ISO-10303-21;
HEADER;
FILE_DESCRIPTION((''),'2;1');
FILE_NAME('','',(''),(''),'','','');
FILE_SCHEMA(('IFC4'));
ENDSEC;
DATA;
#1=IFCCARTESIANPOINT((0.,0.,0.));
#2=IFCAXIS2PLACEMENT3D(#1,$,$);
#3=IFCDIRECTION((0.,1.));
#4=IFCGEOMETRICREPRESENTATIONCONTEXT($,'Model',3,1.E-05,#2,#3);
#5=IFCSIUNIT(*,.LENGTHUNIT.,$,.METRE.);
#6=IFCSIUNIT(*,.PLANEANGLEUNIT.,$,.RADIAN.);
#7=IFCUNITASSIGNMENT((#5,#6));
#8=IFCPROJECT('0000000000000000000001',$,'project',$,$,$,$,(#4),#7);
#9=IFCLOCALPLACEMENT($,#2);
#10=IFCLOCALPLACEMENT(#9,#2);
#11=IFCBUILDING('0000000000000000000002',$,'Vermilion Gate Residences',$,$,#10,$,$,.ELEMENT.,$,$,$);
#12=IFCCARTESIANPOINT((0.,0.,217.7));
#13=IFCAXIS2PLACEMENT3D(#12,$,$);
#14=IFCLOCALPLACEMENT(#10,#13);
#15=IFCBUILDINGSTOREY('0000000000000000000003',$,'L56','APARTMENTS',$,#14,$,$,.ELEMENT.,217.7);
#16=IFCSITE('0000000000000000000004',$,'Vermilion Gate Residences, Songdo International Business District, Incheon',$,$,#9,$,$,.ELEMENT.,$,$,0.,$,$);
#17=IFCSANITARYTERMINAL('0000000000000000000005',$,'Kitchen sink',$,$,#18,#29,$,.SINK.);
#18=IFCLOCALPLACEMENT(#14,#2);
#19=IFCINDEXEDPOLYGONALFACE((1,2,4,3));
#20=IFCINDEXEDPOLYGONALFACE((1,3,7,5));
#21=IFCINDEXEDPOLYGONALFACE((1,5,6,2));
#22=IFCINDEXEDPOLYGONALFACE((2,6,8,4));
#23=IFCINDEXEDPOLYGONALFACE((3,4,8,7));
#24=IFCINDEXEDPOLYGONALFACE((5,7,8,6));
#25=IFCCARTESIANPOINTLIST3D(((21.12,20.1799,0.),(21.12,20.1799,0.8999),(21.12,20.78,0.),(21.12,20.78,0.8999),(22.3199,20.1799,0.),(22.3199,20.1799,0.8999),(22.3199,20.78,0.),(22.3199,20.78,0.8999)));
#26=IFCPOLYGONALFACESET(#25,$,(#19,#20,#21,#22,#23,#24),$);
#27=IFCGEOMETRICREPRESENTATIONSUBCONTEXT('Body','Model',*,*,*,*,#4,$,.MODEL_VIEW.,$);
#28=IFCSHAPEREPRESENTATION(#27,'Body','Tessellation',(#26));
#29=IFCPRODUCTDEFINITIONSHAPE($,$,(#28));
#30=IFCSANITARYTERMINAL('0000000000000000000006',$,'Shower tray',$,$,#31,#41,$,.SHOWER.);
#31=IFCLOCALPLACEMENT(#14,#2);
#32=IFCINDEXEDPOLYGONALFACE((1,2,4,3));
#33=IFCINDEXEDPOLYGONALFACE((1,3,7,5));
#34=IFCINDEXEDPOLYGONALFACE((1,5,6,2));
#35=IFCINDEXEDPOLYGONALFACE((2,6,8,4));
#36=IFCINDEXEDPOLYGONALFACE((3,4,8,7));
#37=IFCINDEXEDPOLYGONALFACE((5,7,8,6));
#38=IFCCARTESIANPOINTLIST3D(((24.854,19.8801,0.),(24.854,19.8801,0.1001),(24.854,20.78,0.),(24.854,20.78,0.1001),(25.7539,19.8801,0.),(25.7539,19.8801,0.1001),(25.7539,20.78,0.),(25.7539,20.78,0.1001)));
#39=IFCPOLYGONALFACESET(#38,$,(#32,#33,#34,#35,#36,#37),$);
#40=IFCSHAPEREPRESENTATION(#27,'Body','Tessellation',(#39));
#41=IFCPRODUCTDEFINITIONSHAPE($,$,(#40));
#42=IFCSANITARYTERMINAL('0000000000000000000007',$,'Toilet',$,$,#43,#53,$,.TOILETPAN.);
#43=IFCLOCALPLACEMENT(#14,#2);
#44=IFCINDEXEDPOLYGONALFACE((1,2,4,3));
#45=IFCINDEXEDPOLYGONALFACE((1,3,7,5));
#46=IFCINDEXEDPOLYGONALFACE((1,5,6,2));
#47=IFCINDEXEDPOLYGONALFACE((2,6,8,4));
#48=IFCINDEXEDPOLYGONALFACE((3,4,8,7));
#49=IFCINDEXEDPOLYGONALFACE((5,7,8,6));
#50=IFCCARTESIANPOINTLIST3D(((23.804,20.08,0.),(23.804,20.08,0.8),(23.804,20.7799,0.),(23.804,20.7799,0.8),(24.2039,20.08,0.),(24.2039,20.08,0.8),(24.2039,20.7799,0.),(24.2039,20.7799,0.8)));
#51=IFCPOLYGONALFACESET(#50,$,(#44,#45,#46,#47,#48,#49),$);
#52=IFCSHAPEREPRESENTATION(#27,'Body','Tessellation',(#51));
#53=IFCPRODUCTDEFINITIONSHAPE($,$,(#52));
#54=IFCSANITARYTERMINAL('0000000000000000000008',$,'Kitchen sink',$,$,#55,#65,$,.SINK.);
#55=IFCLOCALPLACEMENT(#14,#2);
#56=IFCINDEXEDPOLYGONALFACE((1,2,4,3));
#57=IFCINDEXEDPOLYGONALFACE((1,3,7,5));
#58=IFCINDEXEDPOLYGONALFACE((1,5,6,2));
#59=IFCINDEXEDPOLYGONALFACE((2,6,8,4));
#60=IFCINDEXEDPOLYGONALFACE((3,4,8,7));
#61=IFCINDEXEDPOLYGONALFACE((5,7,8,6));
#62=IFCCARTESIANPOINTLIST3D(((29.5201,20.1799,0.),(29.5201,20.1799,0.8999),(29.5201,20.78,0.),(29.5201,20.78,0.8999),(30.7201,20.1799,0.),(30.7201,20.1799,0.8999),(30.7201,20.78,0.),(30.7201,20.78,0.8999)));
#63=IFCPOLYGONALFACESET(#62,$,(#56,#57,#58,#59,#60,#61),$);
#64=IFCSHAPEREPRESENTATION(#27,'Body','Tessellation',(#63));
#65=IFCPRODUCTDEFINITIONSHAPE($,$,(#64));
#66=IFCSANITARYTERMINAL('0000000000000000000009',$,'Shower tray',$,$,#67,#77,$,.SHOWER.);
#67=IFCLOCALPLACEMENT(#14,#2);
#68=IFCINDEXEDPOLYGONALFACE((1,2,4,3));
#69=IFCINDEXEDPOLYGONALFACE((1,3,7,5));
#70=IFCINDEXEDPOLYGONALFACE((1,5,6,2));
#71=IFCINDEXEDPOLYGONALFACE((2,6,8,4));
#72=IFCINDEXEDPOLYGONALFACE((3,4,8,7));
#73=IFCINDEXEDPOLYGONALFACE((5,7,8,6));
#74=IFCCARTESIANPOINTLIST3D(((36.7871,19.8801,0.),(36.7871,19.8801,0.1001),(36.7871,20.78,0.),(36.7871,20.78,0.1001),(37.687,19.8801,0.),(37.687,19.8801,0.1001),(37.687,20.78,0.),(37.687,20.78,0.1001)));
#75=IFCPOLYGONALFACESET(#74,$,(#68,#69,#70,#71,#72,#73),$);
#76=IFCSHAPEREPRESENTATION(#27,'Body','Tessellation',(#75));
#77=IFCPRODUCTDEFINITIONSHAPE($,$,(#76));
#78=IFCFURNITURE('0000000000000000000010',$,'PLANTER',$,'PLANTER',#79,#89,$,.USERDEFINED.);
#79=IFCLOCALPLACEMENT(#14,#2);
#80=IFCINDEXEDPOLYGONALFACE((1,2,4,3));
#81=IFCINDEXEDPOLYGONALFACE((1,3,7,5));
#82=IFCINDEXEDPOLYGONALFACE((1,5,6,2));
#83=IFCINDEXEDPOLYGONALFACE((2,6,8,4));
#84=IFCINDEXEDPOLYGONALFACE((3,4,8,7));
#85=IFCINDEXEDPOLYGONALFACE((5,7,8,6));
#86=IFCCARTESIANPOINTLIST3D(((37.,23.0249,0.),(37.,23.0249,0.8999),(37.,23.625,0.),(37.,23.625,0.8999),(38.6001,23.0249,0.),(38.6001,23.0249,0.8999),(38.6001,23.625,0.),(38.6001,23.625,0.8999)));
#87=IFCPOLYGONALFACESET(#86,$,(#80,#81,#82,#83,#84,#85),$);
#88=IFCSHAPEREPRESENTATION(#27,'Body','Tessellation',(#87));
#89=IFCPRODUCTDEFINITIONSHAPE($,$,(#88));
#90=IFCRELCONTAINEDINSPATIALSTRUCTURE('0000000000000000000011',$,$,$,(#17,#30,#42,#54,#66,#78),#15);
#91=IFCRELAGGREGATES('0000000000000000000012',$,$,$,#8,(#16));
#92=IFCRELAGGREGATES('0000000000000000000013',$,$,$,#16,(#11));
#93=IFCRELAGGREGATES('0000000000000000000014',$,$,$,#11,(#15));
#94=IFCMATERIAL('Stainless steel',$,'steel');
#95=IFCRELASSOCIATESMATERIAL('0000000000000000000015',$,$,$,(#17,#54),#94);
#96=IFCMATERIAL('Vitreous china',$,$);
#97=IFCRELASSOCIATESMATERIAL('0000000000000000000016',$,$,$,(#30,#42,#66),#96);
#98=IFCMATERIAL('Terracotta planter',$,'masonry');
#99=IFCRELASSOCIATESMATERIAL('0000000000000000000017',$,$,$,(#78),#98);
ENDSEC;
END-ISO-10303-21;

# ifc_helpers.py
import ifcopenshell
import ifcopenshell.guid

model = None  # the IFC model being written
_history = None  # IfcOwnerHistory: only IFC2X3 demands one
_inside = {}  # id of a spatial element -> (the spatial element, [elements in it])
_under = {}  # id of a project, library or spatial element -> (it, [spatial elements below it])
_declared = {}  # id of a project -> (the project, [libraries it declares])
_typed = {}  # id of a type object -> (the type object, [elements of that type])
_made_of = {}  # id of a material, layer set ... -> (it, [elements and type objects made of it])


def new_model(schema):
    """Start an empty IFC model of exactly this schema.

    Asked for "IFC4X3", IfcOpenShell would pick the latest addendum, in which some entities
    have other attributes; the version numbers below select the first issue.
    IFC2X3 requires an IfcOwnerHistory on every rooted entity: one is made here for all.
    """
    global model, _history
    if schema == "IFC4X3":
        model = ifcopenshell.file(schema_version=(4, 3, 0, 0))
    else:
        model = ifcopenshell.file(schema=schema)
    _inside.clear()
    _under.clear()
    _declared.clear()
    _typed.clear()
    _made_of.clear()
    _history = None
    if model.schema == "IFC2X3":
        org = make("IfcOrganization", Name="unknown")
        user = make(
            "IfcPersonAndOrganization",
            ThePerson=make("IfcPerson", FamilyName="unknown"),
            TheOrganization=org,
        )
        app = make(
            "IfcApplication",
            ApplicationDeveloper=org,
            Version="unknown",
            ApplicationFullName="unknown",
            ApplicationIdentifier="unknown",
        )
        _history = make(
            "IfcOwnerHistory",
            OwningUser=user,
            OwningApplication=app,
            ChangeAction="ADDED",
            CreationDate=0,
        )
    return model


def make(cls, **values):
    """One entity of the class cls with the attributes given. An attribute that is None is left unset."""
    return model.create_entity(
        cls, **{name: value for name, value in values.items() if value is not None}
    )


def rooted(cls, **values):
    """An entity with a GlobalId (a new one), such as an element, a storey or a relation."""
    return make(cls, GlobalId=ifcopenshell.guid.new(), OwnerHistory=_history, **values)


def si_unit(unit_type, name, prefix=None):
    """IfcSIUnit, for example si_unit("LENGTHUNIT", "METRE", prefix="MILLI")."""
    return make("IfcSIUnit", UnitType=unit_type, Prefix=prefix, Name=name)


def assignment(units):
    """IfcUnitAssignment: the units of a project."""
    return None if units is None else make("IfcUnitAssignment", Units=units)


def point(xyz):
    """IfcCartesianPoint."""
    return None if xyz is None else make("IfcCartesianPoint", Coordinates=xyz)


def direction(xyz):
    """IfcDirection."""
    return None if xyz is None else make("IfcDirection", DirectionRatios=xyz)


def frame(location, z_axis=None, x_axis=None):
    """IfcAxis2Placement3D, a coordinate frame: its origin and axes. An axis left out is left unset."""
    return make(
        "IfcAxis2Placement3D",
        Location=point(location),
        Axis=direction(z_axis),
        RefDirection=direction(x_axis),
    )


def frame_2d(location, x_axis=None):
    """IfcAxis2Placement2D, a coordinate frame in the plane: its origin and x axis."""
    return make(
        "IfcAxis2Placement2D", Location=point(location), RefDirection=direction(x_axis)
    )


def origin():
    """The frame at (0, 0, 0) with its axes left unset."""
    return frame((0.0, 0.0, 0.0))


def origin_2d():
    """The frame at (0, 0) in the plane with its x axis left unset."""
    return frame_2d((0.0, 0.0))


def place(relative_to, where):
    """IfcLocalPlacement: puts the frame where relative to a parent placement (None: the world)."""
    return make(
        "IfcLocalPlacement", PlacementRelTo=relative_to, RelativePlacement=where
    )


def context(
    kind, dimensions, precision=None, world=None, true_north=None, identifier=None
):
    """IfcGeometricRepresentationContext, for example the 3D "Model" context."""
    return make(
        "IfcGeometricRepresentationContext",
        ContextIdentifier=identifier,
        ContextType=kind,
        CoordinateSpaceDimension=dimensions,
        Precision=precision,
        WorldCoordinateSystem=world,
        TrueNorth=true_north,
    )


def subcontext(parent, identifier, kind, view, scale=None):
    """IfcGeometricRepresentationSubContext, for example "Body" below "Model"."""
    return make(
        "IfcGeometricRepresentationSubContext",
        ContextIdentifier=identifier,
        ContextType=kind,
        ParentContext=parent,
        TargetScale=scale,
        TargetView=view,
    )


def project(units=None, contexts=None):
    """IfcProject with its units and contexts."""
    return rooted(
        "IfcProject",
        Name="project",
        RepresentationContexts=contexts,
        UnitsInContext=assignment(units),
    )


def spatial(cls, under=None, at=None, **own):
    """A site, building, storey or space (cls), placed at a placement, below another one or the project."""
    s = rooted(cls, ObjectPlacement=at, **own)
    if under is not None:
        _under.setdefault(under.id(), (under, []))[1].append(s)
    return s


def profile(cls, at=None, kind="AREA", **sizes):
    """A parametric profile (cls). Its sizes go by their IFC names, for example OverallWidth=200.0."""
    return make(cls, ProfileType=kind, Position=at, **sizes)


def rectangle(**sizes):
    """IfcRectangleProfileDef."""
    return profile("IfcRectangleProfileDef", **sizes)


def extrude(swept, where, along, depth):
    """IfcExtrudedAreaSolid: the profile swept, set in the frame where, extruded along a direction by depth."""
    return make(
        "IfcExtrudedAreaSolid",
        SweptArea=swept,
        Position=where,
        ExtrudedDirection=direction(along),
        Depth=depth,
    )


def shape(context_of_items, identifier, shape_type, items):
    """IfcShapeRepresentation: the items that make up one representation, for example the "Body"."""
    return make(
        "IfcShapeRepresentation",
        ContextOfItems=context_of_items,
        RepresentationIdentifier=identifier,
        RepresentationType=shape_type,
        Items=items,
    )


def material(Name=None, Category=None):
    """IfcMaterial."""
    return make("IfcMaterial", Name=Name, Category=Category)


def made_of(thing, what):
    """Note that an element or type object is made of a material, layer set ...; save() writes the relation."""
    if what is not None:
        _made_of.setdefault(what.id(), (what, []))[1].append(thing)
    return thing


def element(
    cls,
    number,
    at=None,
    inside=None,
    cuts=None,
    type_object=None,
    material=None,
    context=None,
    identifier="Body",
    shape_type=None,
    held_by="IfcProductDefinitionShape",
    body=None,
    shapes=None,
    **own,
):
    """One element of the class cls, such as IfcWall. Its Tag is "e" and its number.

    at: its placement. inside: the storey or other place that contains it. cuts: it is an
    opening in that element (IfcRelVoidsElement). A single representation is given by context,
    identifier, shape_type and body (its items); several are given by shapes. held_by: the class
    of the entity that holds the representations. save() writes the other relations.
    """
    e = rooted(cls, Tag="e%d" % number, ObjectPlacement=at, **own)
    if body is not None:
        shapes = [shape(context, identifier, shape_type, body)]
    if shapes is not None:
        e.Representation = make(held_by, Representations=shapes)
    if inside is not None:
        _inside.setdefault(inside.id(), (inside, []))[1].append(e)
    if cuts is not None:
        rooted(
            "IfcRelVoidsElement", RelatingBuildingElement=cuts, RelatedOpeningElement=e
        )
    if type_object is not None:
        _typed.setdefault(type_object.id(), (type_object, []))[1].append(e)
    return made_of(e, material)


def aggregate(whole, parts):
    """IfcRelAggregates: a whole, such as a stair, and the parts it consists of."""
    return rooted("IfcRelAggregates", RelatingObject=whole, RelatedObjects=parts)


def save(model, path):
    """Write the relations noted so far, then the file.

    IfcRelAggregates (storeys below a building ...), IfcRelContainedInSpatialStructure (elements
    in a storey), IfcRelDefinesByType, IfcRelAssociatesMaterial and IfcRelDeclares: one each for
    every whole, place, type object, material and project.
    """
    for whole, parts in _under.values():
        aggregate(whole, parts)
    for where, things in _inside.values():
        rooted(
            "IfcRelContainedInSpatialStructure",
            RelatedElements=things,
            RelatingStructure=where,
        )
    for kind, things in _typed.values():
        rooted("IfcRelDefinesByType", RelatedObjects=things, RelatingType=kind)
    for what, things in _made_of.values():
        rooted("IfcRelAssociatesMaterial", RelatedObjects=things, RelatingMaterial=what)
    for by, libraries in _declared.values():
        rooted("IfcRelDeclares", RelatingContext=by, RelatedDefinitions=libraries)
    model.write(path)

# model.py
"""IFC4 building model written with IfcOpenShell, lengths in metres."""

from ifc_helpers import new_model, si_unit, direction, frame, origin, origin_2d, place, context, subcontext, project, spatial, rectangle, extrude, material, element, save


model = new_model("IFC4")

# Units and contexts
model_context = context("Model", 3, precision=1e-05, world=origin(), true_north=direction((0.0, 1.0)))
body_context = subcontext(model_context, "Body", "Model", "MODEL_VIEW")
ifc_project = project(units=[si_unit("LENGTHUNIT", "METRE"), si_unit("PLANEANGLEUNIT", "RADIAN")], contexts=[model_context])

# Site, building, storey
site_placement = place(None, origin())
site = spatial("IfcSite", under=ifc_project, at=site_placement, Name="Vermilion Gate Residences, Songdo International Business District, Incheon", CompositionType="ELEMENT", RefElevation=0.0)
building_placement = place(site_placement, origin())
building = spatial("IfcBuilding", under=site, at=building_placement, Name="Vermilion Gate Residences", CompositionType="ELEMENT")
storey_placement = place(building_placement, frame((0.0, 0.0, 217.7)))
storey = spatial("IfcBuildingStorey", under=building, at=storey_placement, Name="L56", Description="APARTMENTS", CompositionType="ELEMENT", Elevation=217.7)

# Sanitary terminals
ifc_material_1 = material(Name="Stainless steel", Category="steel")
sanitary_terminal_1_placement = place(storey_placement, frame((21.72, 20.48, 0.0), z_axis=(0.0, 0.0, 1.0), x_axis=(1.0, 0.0, 0.0)))
element("IfcSanitaryTerminal", 1, at=sanitary_terminal_1_placement, inside=storey, material=ifc_material_1, Name="Kitchen sink", PredefinedType="SINK", context=body_context, shape_type="SweptSolid", body=[
    extrude(rectangle(XDim=1.2, YDim=0.6001, at=origin_2d()), origin(), (0.0, 0.0, 1.0), 0.8999),
])
ifc_material_2 = material(Name="Vitreous china")
sanitary_terminal_2_placement = place(storey_placement, frame((25.304, 20.3301, 0.0), z_axis=(0.0, 0.0, 1.0), x_axis=(1.0, 0.0, 0.0)))
element("IfcSanitaryTerminal", 2, at=sanitary_terminal_2_placement, inside=storey, material=ifc_material_2, Name="Shower tray", PredefinedType="SHOWER", context=body_context, shape_type="SweptSolid", body=[
    extrude(rectangle(XDim=0.8999, YDim=0.8999, at=origin_2d()), origin(), (0.0, 0.0, 1.0), 0.1001),
])
sanitary_terminal_3_placement = place(storey_placement, frame((24.0039, 20.4299, 0.0), z_axis=(0.0, 0.0, 1.0), x_axis=(1.0, 0.0, 0.0)))
element("IfcSanitaryTerminal", 3, at=sanitary_terminal_3_placement, inside=storey, material=ifc_material_2, Name="Toilet", PredefinedType="TOILETPAN", context=body_context, shape_type="SweptSolid", body=[
    extrude(rectangle(XDim=0.3999, YDim=0.7, at=origin_2d()), origin(), (0.0, 0.0, 1.0), 0.8),
])
sanitary_terminal_4_placement = place(storey_placement, frame((30.1201, 20.48, 0.0), z_axis=(0.0, 0.0, 1.0), x_axis=(1.0, 0.0, 0.0)))
element("IfcSanitaryTerminal", 4, at=sanitary_terminal_4_placement, inside=storey, material=ifc_material_1, Name="Kitchen sink", PredefinedType="SINK", context=body_context, shape_type="SweptSolid", body=[
    extrude(rectangle(XDim=1.2, YDim=0.6001, at=origin_2d()), origin(), (0.0, 0.0, 1.0), 0.8999),
])
sanitary_terminal_5_placement = place(storey_placement, frame((37.2371, 20.3301, 0.0), z_axis=(0.0, 0.0, 1.0), x_axis=(1.0, 0.0, 0.0)))
element("IfcSanitaryTerminal", 5, at=sanitary_terminal_5_placement, inside=storey, material=ifc_material_2, Name="Shower tray", PredefinedType="SHOWER", context=body_context, shape_type="SweptSolid", body=[
    extrude(rectangle(XDim=0.8999, YDim=0.8999, at=origin_2d()), origin(), (0.0, 0.0, 1.0), 0.1001),
])

# Furniture
ifc_material_3 = material(Name="Terracotta planter", Category="masonry")
furniture_placement = place(storey_placement, frame((37.8, 23.325, 0.0), z_axis=(0.0, 0.0, 1.0), x_axis=(-1.0, 0.0, 0.0)))
element("IfcFurniture", 6, at=furniture_placement, inside=storey, material=ifc_material_3, Name="PLANTER", ObjectType="PLANTER", PredefinedType="USERDEFINED", context=body_context, shape_type="SweptSolid", body=[
    extrude(rectangle(XDim=1.6001, YDim=0.6001, at=origin_2d()), origin(), (0.0, 0.0, 1.0), 0.8999),
])

save(model, "model.ifc")
